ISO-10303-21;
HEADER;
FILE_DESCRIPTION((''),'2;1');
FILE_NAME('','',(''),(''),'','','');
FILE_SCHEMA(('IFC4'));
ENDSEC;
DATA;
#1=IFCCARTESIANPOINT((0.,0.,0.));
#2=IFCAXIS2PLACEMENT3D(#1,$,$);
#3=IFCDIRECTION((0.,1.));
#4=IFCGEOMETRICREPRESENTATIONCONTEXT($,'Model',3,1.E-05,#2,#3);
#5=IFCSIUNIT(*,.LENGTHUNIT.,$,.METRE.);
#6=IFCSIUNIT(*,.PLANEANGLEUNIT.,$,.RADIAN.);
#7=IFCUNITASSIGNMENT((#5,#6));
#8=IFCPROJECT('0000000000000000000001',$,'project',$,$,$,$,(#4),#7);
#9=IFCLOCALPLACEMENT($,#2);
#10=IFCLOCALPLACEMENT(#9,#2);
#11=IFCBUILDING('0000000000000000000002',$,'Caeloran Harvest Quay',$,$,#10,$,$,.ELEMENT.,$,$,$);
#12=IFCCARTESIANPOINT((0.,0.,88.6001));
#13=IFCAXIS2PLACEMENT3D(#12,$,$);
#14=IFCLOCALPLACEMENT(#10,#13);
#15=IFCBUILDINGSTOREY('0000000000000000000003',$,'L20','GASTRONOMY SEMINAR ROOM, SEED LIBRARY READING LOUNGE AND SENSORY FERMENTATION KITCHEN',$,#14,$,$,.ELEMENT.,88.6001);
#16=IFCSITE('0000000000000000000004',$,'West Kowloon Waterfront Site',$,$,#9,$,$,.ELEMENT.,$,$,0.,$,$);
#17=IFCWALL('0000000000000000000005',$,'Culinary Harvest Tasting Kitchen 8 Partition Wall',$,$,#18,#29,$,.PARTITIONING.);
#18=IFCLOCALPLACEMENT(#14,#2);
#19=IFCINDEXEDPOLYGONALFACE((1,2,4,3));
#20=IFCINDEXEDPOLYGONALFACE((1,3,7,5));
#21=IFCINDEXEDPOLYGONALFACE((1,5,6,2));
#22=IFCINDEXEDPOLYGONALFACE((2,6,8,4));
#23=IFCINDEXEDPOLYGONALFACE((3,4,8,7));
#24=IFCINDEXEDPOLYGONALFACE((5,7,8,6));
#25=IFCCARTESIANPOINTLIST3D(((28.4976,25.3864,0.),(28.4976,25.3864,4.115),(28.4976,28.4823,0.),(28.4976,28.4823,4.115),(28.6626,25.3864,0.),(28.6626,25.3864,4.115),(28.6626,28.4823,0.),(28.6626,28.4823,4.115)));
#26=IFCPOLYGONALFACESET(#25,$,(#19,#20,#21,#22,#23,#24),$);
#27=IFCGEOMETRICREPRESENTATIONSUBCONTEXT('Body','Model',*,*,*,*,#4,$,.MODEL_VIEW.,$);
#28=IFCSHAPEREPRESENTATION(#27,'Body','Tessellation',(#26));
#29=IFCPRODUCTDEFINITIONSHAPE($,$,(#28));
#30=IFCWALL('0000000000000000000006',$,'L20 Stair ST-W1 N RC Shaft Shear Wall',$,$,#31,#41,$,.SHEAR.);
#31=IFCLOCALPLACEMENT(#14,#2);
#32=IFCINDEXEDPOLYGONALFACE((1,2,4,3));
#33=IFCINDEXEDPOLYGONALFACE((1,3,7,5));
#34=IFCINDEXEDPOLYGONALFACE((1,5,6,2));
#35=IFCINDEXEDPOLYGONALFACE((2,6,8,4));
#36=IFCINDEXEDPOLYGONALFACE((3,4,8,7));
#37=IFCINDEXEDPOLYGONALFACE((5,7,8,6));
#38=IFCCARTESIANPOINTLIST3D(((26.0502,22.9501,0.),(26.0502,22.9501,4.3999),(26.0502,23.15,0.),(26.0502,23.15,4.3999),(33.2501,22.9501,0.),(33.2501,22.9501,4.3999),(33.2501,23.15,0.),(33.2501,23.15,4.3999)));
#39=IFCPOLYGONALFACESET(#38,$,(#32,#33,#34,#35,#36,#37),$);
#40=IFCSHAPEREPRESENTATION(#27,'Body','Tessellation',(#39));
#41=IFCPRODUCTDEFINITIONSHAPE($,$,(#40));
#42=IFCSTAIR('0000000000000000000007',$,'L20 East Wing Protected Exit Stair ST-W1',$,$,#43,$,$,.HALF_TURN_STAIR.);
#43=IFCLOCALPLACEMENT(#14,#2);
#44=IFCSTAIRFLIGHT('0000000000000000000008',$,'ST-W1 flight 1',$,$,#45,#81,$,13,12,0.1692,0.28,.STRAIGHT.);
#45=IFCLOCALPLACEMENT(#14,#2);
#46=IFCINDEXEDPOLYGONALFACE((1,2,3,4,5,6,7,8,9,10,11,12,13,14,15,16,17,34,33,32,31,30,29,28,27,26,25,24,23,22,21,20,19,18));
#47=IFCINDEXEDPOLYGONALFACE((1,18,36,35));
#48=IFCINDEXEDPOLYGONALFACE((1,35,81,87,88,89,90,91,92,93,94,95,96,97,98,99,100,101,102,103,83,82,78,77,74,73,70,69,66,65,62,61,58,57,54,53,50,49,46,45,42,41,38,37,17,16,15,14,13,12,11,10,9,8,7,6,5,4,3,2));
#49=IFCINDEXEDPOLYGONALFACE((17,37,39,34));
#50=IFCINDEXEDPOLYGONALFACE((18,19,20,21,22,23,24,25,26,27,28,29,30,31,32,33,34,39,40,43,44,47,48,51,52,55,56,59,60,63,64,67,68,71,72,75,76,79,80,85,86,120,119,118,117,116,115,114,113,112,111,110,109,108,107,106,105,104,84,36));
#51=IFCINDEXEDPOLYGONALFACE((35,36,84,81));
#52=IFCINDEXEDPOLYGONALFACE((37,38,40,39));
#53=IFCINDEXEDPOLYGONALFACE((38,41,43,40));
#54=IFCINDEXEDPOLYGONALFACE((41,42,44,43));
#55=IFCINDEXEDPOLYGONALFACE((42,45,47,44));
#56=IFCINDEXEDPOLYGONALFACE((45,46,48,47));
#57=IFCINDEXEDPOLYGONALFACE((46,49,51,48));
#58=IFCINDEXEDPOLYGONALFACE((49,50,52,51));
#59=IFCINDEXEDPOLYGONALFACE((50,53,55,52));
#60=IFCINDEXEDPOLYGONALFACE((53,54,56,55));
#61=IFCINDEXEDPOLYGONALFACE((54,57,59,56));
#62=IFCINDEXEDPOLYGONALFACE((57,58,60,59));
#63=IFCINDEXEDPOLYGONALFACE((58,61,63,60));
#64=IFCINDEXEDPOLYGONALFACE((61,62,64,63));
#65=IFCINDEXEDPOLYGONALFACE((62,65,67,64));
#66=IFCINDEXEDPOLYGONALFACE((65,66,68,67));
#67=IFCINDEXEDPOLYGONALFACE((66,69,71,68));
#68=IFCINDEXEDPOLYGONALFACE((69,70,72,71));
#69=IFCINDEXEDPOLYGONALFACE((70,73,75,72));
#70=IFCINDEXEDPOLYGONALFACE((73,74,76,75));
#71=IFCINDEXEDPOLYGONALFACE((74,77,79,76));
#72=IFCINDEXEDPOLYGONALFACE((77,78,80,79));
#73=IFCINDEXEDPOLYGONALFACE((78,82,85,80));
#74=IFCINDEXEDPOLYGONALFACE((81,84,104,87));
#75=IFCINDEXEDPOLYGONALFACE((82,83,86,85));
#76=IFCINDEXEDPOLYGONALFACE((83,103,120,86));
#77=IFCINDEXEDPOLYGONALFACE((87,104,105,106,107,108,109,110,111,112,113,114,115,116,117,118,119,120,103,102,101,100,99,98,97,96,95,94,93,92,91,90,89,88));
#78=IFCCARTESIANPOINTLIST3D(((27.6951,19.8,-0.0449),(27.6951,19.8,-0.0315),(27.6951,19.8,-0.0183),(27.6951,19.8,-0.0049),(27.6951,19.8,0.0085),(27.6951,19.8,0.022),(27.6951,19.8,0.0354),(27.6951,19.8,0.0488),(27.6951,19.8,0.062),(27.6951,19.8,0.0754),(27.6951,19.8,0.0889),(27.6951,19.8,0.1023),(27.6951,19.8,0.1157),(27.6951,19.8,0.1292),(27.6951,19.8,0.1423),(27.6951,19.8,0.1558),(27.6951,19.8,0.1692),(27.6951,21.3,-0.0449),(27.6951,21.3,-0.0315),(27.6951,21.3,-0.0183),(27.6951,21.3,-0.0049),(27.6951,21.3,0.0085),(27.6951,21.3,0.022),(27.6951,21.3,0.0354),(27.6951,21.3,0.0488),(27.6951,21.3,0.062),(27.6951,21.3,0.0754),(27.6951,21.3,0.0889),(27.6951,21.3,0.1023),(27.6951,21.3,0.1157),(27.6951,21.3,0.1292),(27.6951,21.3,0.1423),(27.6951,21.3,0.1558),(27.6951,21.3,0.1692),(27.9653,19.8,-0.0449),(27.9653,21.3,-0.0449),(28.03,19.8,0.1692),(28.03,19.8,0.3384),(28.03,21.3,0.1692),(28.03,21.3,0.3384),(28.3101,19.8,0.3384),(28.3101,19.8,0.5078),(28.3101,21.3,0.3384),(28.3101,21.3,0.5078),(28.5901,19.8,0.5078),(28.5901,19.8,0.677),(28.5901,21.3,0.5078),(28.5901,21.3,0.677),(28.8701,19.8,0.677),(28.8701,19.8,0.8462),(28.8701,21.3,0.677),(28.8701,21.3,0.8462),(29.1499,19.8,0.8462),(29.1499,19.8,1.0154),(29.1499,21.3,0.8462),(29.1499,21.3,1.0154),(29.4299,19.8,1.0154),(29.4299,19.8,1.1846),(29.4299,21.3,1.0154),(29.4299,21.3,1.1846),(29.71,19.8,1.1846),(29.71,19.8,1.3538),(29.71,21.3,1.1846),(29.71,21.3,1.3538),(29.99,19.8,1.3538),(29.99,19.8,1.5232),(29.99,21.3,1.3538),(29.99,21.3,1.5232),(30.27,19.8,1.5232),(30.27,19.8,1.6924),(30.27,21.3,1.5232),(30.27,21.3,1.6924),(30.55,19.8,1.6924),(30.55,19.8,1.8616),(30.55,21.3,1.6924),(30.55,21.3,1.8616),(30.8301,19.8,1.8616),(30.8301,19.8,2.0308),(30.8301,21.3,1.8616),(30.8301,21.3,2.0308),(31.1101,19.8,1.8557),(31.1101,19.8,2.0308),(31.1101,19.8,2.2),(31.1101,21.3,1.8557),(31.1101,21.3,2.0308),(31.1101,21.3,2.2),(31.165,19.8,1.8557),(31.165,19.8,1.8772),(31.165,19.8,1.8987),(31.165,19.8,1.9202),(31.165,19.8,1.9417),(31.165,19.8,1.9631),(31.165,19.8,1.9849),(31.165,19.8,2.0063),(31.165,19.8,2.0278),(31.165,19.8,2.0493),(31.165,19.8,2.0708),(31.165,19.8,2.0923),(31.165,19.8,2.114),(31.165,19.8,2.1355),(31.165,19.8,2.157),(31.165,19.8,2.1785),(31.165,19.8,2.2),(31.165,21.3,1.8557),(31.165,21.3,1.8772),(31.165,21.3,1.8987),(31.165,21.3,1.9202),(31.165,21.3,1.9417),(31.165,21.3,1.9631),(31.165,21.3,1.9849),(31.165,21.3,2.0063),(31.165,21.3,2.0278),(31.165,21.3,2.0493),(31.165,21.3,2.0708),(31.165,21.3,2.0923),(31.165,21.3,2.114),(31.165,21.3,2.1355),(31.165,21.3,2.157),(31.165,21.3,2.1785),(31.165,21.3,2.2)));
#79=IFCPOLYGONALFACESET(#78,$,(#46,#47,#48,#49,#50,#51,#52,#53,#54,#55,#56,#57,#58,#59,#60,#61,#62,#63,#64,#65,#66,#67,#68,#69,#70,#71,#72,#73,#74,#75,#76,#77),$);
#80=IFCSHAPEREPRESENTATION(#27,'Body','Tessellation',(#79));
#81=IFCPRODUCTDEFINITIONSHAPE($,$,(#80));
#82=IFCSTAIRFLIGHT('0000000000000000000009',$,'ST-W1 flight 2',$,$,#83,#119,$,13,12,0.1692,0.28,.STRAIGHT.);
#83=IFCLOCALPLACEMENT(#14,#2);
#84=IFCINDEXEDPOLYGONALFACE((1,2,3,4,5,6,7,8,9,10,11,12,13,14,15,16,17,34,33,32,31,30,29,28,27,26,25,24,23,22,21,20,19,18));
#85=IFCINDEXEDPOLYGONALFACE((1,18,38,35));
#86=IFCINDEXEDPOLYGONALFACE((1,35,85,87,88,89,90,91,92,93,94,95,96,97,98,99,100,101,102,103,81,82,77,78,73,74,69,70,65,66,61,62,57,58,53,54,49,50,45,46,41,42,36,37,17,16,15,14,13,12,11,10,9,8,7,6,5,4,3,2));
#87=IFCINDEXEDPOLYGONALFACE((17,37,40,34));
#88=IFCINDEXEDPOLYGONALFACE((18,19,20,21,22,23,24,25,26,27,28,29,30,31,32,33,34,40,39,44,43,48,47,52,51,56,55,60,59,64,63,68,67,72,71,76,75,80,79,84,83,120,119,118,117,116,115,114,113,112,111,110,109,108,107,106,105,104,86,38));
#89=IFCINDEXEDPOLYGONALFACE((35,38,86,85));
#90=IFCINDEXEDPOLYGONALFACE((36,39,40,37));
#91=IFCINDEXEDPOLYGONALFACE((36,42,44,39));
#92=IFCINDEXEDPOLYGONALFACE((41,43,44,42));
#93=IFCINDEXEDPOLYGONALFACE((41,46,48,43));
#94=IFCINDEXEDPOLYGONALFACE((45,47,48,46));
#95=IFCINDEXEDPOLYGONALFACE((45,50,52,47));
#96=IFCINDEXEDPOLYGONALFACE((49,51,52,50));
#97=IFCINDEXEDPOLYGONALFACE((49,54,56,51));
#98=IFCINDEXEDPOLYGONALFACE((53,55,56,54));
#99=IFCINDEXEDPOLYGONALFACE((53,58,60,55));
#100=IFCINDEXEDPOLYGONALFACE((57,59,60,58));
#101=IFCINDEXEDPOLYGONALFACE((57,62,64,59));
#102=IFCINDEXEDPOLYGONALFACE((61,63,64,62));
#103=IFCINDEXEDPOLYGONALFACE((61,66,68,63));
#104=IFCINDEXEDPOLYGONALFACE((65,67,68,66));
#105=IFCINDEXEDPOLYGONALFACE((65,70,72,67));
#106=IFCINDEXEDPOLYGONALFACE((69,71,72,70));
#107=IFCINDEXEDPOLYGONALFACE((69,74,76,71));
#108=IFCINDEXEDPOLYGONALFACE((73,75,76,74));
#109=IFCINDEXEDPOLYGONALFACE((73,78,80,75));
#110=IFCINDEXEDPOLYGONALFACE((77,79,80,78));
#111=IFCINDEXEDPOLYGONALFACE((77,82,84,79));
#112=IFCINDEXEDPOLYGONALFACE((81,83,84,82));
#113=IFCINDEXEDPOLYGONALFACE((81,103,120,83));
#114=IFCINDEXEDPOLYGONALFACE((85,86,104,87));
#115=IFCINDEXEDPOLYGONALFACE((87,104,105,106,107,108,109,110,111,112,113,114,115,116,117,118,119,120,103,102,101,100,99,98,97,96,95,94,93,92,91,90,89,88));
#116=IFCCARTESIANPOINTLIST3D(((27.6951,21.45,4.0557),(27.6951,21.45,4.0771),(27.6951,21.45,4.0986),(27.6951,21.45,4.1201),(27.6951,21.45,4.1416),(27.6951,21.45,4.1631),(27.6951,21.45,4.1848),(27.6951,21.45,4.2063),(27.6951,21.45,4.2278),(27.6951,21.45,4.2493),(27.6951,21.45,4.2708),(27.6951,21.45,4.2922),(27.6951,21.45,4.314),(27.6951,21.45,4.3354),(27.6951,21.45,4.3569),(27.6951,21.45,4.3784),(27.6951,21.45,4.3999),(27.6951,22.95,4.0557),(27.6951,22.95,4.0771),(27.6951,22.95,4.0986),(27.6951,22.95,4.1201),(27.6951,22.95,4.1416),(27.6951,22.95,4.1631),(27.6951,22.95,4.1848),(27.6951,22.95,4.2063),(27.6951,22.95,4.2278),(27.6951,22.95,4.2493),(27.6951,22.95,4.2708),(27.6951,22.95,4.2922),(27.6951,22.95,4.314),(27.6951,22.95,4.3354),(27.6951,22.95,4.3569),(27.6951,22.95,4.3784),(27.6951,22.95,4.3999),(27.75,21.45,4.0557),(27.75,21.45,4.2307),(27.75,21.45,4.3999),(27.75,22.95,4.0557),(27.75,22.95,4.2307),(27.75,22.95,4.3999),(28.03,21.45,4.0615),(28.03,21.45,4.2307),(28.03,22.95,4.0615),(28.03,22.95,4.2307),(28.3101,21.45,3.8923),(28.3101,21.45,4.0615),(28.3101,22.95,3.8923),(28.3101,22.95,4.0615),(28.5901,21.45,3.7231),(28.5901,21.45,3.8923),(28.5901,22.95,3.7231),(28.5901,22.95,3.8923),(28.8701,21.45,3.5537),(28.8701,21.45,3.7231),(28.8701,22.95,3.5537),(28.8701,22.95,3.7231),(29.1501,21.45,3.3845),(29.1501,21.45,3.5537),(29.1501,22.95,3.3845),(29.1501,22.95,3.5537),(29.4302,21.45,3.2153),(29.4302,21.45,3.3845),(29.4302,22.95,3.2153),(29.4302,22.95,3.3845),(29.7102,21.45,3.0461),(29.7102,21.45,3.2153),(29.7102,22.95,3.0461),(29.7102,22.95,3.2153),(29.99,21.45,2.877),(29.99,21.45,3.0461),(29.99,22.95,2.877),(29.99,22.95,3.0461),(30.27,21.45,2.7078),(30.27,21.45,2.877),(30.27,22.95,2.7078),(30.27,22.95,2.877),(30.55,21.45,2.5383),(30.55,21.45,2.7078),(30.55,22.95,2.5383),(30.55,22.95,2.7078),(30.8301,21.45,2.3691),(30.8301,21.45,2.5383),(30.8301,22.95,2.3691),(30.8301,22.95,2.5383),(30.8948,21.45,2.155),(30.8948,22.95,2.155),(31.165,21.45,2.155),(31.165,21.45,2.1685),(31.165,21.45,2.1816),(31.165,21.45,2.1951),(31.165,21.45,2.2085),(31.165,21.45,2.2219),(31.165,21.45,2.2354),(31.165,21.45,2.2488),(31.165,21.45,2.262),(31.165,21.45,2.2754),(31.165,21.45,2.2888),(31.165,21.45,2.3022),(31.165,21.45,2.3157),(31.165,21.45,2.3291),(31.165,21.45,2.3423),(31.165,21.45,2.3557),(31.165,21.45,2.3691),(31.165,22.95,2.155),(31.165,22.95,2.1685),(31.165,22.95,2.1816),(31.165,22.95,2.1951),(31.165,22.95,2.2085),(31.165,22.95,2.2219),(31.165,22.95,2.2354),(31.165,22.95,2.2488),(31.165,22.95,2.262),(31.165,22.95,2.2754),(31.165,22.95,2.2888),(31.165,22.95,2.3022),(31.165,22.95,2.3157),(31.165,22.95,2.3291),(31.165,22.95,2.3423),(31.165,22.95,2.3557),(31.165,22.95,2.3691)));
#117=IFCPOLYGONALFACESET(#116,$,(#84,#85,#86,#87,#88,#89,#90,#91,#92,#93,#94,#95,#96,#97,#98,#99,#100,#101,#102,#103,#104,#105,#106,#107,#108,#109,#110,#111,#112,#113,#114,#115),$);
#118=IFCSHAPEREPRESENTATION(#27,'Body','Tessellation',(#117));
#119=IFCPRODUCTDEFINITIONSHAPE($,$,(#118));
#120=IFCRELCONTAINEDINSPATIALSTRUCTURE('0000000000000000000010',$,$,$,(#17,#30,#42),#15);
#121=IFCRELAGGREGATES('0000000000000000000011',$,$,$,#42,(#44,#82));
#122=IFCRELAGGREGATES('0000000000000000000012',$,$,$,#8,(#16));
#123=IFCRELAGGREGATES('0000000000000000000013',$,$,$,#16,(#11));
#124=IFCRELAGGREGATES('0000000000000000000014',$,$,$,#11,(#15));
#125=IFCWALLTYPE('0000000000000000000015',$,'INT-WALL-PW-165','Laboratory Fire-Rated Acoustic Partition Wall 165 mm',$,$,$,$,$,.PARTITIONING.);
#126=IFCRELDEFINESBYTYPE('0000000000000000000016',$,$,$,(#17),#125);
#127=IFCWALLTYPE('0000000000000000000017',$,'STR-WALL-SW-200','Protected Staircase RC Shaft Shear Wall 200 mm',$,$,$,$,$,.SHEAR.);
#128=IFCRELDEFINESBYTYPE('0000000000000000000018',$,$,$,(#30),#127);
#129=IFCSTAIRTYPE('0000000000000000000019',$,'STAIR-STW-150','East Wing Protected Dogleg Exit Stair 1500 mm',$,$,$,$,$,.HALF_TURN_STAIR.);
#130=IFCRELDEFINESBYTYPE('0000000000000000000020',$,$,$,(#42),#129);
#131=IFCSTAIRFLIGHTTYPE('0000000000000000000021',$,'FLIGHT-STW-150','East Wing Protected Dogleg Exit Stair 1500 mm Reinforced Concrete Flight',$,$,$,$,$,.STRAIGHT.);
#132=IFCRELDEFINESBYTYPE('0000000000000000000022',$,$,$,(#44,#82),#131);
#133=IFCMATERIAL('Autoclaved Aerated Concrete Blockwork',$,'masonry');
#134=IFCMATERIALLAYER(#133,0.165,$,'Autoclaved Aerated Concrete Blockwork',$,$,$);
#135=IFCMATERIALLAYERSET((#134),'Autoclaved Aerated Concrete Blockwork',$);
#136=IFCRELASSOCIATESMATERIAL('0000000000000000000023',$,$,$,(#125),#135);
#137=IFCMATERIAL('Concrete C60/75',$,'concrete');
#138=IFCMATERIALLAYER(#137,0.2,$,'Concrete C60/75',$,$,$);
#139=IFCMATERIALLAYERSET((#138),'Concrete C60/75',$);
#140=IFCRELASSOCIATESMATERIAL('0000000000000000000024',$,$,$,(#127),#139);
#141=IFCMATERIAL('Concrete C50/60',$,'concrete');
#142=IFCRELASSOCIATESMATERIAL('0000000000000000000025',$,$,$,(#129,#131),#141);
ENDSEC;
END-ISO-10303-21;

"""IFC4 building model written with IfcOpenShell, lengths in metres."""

from ifc_helpers import new_model, si_unit, direction, frame, frame_2d, origin, place, context, subcontext, project, spatial, polyline, rectangle, outline, extrude, material, layer, layer_set, type_object, element, aggregate, save


model = new_model("IFC4")

# Units and contexts
model_context = context("Model", 3, precision=1e-05, world=origin(), true_north=direction((0.0, 1.0)))
body_context = subcontext(model_context, "Body", "Model", "MODEL_VIEW")
ifc_project = project(units=[si_unit("LENGTHUNIT", "METRE"), si_unit("PLANEANGLEUNIT", "RADIAN")], contexts=[model_context])

# Site, building, storey
site_placement = place(None, origin())
site = spatial("IfcSite", under=ifc_project, at=site_placement, Name="West Kowloon Waterfront Site", CompositionType="ELEMENT", RefElevation=0.0)
building_placement = place(site_placement, origin())
building = spatial("IfcBuilding", under=site, at=building_placement, Name="Caeloran Harvest Quay", CompositionType="ELEMENT")
storey_placement = place(building_placement, frame((0.0, 0.0, 88.6001)))
storey = spatial("IfcBuildingStorey", under=building, at=storey_placement, Name="L20", Description="GASTRONOMY SEMINAR ROOM, SEED LIBRARY READING LOUNGE AND SENSORY FERMENTATION KITCHEN", CompositionType="ELEMENT", Elevation=88.6001)

# Shared definitions
ifc_material_1 = material(Name="Autoclaved Aerated Concrete Blockwork", Category="masonry")
ifc_layer_1 = layer(ifc_material_1, 0.165, Name="Autoclaved Aerated Concrete Blockwork")
ifc_layer_set_1 = layer_set([ifc_layer_1], Name="Autoclaved Aerated Concrete Blockwork")
wall_type_1 = type_object("IfcWallType", Name="INT-WALL-PW-165", Description="Laboratory Fire-Rated Acoustic Partition Wall 165 mm", PredefinedType="PARTITIONING", material=ifc_layer_set_1)

# Walls
wall_1_placement = place(storey_placement, frame((28.5801, 25.3865, 0.0), z_axis=(0.0, 0.0, 1.0), x_axis=(0.0, 1.0, 0.0)))
element("IfcWall", 1, at=wall_1_placement, inside=storey, type_object=wall_type_1, Name="Culinary Harvest Tasting Kitchen 8 Partition Wall", PredefinedType="PARTITIONING", context=body_context, shape_type="SweptSolid", body=[
    extrude(rectangle(XDim=3.0959, YDim=0.165, at=frame_2d((1.5479, 0.0))), origin(), (0.0, 0.0, 1.0), 4.115),
])
ifc_material_2 = material(Name="Concrete C60/75", Category="concrete")
ifc_layer_2 = layer(ifc_material_2, 0.2, Name="Concrete C60/75")
ifc_layer_set_2 = layer_set([ifc_layer_2], Name="Concrete C60/75")
wall_type_2 = type_object("IfcWallType", Name="STR-WALL-SW-200", Description="Protected Staircase RC Shaft Shear Wall 200 mm", PredefinedType="SHEAR", material=ifc_layer_set_2)
wall_2_placement = place(storey_placement, frame((26.05, 23.05, 0.0), z_axis=(0.0, 0.0, 1.0), x_axis=(1.0, 0.0, 0.0)))
element("IfcWall", 2, at=wall_2_placement, inside=storey, type_object=wall_type_2, Name="L20 Stair ST-W1 N RC Shaft Shear Wall", PredefinedType="SHEAR", context=body_context, shape_type="SweptSolid", body=[
    extrude(rectangle(XDim=7.2, YDim=0.2, at=frame_2d((3.6001, 0.0))), origin(), (0.0, 0.0, 1.0), 4.3999),
])

# Stair, stair flights
ifc_material_3 = material(Name="Concrete C50/60", Category="concrete")
stair_type = type_object("IfcStairType", Name="STAIR-STW-150", Description="East Wing Protected Dogleg Exit Stair 1500 mm", PredefinedType="HALF_TURN_STAIR", material=ifc_material_3)
stair_placement = place(storey_placement, origin())
stair = element("IfcStair", 3, at=stair_placement, inside=storey, type_object=stair_type, Name="L20 East Wing Protected Exit Stair ST-W1", PredefinedType="HALF_TURN_STAIR")
stair_flight_type = type_object("IfcStairFlightType", Name="FLIGHT-STW-150", Description="East Wing Protected Dogleg Exit Stair 1500 mm Reinforced Concrete Flight", PredefinedType="STRAIGHT", material=ifc_material_3)
stair_flight_1_placement = place(storey_placement, frame((27.75, 20.55, 0.0), z_axis=(0.0, 0.0, 1.0), x_axis=(1.0, 0.0, 0.0)))
stair_flight_1 = element("IfcStairFlight", 4, at=stair_flight_1_placement, type_object=stair_flight_type, Name="ST-W1 flight 1", NumberOfRisers=13, NumberOfTreads=12, PredefinedType="STRAIGHT", RiserHeight=0.1692, TreadLength=0.28, context=body_context, shape_type="SweptSolid", body=[
    extrude(outline(polyline([(-0.0549, -0.0449), (-0.0549, -0.0315), (-0.0549, -0.0183), (-0.0549, -0.0049), (-0.0549, 0.0085), (-0.0549, 0.022), (-0.0549, 0.0354), (-0.0549, 0.0488), (-0.0549, 0.062), (-0.0549, 0.0754), (-0.0549, 0.0889), (-0.0549, 0.1023), (-0.0549, 0.1157), (-0.0549, 0.1292), (-0.0549, 0.1423), (-0.0549, 0.1558), (-0.0549, 0.1692), (0.28, 0.1692), (0.28, 0.3384), (0.5601, 0.3384), (0.5601, 0.5078), (0.8401, 0.5078), (0.8401, 0.677), (1.1201, 0.677), (1.1201, 0.8462), (1.3999, 0.8462), (1.3999, 1.0154), (1.6799, 1.0154), (1.6799, 1.1846), (1.96, 1.1846), (1.96, 1.3538), (2.24, 1.3538), (2.24, 1.5232), (2.52, 1.5232), (2.52, 1.6924), (2.8, 1.6924), (2.8, 1.8616), (3.0801, 1.8616), (3.0801, 2.0308), (3.3601, 2.0308), (3.3601, 2.2), (3.415, 2.2), (3.415, 2.1785), (3.415, 2.157), (3.415, 2.1355), (3.415, 2.114), (3.415, 2.0923), (3.415, 2.0708), (3.415, 2.0493), (3.415, 2.0278), (3.415, 2.0063), (3.415, 1.9849), (3.415, 1.9631), (3.415, 1.9417), (3.415, 1.9202), (3.415, 1.8987), (3.415, 1.8772), (3.415, 1.8557), (3.3601, 1.8557), (0.2153, -0.0449), (-0.0549, -0.0449)])), frame((0.0, 0.75, 0.0), z_axis=(0.0, -1.0, 0.0), x_axis=(1.0, 0.0, 0.0)), (0.0, 0.0, 1.0), 1.5),
])
stair_flight_2_placement = place(storey_placement, frame((31.1101, 22.2, 2.2), z_axis=(0.0, 0.0, 1.0), x_axis=(-1.0, 0.0, 0.0)))
stair_flight_2 = element("IfcStairFlight", 5, at=stair_flight_2_placement, type_object=stair_flight_type, Name="ST-W1 flight 2", NumberOfRisers=13, NumberOfTreads=12, PredefinedType="STRAIGHT", RiserHeight=0.1692, TreadLength=0.28, context=body_context, shape_type="SweptSolid", body=[
    extrude(outline(polyline([(-0.0549, -0.0449), (-0.0549, -0.0315), (-0.0549, -0.0183), (-0.0549, -0.0049), (-0.0549, 0.0085), (-0.0549, 0.022), (-0.0549, 0.0354), (-0.0549, 0.0488), (-0.0549, 0.062), (-0.0549, 0.0754), (-0.0549, 0.0889), (-0.0549, 0.1023), (-0.0549, 0.1157), (-0.0549, 0.1292), (-0.0549, 0.1423), (-0.0549, 0.1558), (-0.0549, 0.1692), (0.28, 0.1692), (0.28, 0.3384), (0.5601, 0.3384), (0.5601, 0.5078), (0.8401, 0.5078), (0.8401, 0.677), (1.1201, 0.677), (1.1201, 0.8462), (1.3999, 0.8462), (1.3999, 1.0154), (1.6799, 1.0154), (1.6799, 1.1846), (1.96, 1.1846), (1.96, 1.3538), (2.24, 1.3538), (2.24, 1.5232), (2.52, 1.5232), (2.52, 1.6924), (2.8, 1.6924), (2.8, 1.8616), (3.0801, 1.8616), (3.0801, 2.0308), (3.3601, 2.0308), (3.3601, 2.2), (3.415, 2.2), (3.415, 2.1785), (3.415, 2.157), (3.415, 2.1355), (3.415, 2.114), (3.415, 2.0923), (3.415, 2.0708), (3.415, 2.0493), (3.415, 2.0278), (3.415, 2.0063), (3.415, 1.9849), (3.415, 1.9631), (3.415, 1.9417), (3.415, 1.9202), (3.415, 1.8987), (3.415, 1.8772), (3.415, 1.8557), (3.3601, 1.8557), (0.2153, -0.0449), (-0.0549, -0.0449)])), frame((0.0, 0.75, 0.0), z_axis=(0.0, -1.0, 0.0), x_axis=(1.0, 0.0, 0.0)), (0.0, 0.0, 1.0), 1.5),
])
aggregate(stair, [stair_flight_1, stair_flight_2])

save(model, "model.ifc")
